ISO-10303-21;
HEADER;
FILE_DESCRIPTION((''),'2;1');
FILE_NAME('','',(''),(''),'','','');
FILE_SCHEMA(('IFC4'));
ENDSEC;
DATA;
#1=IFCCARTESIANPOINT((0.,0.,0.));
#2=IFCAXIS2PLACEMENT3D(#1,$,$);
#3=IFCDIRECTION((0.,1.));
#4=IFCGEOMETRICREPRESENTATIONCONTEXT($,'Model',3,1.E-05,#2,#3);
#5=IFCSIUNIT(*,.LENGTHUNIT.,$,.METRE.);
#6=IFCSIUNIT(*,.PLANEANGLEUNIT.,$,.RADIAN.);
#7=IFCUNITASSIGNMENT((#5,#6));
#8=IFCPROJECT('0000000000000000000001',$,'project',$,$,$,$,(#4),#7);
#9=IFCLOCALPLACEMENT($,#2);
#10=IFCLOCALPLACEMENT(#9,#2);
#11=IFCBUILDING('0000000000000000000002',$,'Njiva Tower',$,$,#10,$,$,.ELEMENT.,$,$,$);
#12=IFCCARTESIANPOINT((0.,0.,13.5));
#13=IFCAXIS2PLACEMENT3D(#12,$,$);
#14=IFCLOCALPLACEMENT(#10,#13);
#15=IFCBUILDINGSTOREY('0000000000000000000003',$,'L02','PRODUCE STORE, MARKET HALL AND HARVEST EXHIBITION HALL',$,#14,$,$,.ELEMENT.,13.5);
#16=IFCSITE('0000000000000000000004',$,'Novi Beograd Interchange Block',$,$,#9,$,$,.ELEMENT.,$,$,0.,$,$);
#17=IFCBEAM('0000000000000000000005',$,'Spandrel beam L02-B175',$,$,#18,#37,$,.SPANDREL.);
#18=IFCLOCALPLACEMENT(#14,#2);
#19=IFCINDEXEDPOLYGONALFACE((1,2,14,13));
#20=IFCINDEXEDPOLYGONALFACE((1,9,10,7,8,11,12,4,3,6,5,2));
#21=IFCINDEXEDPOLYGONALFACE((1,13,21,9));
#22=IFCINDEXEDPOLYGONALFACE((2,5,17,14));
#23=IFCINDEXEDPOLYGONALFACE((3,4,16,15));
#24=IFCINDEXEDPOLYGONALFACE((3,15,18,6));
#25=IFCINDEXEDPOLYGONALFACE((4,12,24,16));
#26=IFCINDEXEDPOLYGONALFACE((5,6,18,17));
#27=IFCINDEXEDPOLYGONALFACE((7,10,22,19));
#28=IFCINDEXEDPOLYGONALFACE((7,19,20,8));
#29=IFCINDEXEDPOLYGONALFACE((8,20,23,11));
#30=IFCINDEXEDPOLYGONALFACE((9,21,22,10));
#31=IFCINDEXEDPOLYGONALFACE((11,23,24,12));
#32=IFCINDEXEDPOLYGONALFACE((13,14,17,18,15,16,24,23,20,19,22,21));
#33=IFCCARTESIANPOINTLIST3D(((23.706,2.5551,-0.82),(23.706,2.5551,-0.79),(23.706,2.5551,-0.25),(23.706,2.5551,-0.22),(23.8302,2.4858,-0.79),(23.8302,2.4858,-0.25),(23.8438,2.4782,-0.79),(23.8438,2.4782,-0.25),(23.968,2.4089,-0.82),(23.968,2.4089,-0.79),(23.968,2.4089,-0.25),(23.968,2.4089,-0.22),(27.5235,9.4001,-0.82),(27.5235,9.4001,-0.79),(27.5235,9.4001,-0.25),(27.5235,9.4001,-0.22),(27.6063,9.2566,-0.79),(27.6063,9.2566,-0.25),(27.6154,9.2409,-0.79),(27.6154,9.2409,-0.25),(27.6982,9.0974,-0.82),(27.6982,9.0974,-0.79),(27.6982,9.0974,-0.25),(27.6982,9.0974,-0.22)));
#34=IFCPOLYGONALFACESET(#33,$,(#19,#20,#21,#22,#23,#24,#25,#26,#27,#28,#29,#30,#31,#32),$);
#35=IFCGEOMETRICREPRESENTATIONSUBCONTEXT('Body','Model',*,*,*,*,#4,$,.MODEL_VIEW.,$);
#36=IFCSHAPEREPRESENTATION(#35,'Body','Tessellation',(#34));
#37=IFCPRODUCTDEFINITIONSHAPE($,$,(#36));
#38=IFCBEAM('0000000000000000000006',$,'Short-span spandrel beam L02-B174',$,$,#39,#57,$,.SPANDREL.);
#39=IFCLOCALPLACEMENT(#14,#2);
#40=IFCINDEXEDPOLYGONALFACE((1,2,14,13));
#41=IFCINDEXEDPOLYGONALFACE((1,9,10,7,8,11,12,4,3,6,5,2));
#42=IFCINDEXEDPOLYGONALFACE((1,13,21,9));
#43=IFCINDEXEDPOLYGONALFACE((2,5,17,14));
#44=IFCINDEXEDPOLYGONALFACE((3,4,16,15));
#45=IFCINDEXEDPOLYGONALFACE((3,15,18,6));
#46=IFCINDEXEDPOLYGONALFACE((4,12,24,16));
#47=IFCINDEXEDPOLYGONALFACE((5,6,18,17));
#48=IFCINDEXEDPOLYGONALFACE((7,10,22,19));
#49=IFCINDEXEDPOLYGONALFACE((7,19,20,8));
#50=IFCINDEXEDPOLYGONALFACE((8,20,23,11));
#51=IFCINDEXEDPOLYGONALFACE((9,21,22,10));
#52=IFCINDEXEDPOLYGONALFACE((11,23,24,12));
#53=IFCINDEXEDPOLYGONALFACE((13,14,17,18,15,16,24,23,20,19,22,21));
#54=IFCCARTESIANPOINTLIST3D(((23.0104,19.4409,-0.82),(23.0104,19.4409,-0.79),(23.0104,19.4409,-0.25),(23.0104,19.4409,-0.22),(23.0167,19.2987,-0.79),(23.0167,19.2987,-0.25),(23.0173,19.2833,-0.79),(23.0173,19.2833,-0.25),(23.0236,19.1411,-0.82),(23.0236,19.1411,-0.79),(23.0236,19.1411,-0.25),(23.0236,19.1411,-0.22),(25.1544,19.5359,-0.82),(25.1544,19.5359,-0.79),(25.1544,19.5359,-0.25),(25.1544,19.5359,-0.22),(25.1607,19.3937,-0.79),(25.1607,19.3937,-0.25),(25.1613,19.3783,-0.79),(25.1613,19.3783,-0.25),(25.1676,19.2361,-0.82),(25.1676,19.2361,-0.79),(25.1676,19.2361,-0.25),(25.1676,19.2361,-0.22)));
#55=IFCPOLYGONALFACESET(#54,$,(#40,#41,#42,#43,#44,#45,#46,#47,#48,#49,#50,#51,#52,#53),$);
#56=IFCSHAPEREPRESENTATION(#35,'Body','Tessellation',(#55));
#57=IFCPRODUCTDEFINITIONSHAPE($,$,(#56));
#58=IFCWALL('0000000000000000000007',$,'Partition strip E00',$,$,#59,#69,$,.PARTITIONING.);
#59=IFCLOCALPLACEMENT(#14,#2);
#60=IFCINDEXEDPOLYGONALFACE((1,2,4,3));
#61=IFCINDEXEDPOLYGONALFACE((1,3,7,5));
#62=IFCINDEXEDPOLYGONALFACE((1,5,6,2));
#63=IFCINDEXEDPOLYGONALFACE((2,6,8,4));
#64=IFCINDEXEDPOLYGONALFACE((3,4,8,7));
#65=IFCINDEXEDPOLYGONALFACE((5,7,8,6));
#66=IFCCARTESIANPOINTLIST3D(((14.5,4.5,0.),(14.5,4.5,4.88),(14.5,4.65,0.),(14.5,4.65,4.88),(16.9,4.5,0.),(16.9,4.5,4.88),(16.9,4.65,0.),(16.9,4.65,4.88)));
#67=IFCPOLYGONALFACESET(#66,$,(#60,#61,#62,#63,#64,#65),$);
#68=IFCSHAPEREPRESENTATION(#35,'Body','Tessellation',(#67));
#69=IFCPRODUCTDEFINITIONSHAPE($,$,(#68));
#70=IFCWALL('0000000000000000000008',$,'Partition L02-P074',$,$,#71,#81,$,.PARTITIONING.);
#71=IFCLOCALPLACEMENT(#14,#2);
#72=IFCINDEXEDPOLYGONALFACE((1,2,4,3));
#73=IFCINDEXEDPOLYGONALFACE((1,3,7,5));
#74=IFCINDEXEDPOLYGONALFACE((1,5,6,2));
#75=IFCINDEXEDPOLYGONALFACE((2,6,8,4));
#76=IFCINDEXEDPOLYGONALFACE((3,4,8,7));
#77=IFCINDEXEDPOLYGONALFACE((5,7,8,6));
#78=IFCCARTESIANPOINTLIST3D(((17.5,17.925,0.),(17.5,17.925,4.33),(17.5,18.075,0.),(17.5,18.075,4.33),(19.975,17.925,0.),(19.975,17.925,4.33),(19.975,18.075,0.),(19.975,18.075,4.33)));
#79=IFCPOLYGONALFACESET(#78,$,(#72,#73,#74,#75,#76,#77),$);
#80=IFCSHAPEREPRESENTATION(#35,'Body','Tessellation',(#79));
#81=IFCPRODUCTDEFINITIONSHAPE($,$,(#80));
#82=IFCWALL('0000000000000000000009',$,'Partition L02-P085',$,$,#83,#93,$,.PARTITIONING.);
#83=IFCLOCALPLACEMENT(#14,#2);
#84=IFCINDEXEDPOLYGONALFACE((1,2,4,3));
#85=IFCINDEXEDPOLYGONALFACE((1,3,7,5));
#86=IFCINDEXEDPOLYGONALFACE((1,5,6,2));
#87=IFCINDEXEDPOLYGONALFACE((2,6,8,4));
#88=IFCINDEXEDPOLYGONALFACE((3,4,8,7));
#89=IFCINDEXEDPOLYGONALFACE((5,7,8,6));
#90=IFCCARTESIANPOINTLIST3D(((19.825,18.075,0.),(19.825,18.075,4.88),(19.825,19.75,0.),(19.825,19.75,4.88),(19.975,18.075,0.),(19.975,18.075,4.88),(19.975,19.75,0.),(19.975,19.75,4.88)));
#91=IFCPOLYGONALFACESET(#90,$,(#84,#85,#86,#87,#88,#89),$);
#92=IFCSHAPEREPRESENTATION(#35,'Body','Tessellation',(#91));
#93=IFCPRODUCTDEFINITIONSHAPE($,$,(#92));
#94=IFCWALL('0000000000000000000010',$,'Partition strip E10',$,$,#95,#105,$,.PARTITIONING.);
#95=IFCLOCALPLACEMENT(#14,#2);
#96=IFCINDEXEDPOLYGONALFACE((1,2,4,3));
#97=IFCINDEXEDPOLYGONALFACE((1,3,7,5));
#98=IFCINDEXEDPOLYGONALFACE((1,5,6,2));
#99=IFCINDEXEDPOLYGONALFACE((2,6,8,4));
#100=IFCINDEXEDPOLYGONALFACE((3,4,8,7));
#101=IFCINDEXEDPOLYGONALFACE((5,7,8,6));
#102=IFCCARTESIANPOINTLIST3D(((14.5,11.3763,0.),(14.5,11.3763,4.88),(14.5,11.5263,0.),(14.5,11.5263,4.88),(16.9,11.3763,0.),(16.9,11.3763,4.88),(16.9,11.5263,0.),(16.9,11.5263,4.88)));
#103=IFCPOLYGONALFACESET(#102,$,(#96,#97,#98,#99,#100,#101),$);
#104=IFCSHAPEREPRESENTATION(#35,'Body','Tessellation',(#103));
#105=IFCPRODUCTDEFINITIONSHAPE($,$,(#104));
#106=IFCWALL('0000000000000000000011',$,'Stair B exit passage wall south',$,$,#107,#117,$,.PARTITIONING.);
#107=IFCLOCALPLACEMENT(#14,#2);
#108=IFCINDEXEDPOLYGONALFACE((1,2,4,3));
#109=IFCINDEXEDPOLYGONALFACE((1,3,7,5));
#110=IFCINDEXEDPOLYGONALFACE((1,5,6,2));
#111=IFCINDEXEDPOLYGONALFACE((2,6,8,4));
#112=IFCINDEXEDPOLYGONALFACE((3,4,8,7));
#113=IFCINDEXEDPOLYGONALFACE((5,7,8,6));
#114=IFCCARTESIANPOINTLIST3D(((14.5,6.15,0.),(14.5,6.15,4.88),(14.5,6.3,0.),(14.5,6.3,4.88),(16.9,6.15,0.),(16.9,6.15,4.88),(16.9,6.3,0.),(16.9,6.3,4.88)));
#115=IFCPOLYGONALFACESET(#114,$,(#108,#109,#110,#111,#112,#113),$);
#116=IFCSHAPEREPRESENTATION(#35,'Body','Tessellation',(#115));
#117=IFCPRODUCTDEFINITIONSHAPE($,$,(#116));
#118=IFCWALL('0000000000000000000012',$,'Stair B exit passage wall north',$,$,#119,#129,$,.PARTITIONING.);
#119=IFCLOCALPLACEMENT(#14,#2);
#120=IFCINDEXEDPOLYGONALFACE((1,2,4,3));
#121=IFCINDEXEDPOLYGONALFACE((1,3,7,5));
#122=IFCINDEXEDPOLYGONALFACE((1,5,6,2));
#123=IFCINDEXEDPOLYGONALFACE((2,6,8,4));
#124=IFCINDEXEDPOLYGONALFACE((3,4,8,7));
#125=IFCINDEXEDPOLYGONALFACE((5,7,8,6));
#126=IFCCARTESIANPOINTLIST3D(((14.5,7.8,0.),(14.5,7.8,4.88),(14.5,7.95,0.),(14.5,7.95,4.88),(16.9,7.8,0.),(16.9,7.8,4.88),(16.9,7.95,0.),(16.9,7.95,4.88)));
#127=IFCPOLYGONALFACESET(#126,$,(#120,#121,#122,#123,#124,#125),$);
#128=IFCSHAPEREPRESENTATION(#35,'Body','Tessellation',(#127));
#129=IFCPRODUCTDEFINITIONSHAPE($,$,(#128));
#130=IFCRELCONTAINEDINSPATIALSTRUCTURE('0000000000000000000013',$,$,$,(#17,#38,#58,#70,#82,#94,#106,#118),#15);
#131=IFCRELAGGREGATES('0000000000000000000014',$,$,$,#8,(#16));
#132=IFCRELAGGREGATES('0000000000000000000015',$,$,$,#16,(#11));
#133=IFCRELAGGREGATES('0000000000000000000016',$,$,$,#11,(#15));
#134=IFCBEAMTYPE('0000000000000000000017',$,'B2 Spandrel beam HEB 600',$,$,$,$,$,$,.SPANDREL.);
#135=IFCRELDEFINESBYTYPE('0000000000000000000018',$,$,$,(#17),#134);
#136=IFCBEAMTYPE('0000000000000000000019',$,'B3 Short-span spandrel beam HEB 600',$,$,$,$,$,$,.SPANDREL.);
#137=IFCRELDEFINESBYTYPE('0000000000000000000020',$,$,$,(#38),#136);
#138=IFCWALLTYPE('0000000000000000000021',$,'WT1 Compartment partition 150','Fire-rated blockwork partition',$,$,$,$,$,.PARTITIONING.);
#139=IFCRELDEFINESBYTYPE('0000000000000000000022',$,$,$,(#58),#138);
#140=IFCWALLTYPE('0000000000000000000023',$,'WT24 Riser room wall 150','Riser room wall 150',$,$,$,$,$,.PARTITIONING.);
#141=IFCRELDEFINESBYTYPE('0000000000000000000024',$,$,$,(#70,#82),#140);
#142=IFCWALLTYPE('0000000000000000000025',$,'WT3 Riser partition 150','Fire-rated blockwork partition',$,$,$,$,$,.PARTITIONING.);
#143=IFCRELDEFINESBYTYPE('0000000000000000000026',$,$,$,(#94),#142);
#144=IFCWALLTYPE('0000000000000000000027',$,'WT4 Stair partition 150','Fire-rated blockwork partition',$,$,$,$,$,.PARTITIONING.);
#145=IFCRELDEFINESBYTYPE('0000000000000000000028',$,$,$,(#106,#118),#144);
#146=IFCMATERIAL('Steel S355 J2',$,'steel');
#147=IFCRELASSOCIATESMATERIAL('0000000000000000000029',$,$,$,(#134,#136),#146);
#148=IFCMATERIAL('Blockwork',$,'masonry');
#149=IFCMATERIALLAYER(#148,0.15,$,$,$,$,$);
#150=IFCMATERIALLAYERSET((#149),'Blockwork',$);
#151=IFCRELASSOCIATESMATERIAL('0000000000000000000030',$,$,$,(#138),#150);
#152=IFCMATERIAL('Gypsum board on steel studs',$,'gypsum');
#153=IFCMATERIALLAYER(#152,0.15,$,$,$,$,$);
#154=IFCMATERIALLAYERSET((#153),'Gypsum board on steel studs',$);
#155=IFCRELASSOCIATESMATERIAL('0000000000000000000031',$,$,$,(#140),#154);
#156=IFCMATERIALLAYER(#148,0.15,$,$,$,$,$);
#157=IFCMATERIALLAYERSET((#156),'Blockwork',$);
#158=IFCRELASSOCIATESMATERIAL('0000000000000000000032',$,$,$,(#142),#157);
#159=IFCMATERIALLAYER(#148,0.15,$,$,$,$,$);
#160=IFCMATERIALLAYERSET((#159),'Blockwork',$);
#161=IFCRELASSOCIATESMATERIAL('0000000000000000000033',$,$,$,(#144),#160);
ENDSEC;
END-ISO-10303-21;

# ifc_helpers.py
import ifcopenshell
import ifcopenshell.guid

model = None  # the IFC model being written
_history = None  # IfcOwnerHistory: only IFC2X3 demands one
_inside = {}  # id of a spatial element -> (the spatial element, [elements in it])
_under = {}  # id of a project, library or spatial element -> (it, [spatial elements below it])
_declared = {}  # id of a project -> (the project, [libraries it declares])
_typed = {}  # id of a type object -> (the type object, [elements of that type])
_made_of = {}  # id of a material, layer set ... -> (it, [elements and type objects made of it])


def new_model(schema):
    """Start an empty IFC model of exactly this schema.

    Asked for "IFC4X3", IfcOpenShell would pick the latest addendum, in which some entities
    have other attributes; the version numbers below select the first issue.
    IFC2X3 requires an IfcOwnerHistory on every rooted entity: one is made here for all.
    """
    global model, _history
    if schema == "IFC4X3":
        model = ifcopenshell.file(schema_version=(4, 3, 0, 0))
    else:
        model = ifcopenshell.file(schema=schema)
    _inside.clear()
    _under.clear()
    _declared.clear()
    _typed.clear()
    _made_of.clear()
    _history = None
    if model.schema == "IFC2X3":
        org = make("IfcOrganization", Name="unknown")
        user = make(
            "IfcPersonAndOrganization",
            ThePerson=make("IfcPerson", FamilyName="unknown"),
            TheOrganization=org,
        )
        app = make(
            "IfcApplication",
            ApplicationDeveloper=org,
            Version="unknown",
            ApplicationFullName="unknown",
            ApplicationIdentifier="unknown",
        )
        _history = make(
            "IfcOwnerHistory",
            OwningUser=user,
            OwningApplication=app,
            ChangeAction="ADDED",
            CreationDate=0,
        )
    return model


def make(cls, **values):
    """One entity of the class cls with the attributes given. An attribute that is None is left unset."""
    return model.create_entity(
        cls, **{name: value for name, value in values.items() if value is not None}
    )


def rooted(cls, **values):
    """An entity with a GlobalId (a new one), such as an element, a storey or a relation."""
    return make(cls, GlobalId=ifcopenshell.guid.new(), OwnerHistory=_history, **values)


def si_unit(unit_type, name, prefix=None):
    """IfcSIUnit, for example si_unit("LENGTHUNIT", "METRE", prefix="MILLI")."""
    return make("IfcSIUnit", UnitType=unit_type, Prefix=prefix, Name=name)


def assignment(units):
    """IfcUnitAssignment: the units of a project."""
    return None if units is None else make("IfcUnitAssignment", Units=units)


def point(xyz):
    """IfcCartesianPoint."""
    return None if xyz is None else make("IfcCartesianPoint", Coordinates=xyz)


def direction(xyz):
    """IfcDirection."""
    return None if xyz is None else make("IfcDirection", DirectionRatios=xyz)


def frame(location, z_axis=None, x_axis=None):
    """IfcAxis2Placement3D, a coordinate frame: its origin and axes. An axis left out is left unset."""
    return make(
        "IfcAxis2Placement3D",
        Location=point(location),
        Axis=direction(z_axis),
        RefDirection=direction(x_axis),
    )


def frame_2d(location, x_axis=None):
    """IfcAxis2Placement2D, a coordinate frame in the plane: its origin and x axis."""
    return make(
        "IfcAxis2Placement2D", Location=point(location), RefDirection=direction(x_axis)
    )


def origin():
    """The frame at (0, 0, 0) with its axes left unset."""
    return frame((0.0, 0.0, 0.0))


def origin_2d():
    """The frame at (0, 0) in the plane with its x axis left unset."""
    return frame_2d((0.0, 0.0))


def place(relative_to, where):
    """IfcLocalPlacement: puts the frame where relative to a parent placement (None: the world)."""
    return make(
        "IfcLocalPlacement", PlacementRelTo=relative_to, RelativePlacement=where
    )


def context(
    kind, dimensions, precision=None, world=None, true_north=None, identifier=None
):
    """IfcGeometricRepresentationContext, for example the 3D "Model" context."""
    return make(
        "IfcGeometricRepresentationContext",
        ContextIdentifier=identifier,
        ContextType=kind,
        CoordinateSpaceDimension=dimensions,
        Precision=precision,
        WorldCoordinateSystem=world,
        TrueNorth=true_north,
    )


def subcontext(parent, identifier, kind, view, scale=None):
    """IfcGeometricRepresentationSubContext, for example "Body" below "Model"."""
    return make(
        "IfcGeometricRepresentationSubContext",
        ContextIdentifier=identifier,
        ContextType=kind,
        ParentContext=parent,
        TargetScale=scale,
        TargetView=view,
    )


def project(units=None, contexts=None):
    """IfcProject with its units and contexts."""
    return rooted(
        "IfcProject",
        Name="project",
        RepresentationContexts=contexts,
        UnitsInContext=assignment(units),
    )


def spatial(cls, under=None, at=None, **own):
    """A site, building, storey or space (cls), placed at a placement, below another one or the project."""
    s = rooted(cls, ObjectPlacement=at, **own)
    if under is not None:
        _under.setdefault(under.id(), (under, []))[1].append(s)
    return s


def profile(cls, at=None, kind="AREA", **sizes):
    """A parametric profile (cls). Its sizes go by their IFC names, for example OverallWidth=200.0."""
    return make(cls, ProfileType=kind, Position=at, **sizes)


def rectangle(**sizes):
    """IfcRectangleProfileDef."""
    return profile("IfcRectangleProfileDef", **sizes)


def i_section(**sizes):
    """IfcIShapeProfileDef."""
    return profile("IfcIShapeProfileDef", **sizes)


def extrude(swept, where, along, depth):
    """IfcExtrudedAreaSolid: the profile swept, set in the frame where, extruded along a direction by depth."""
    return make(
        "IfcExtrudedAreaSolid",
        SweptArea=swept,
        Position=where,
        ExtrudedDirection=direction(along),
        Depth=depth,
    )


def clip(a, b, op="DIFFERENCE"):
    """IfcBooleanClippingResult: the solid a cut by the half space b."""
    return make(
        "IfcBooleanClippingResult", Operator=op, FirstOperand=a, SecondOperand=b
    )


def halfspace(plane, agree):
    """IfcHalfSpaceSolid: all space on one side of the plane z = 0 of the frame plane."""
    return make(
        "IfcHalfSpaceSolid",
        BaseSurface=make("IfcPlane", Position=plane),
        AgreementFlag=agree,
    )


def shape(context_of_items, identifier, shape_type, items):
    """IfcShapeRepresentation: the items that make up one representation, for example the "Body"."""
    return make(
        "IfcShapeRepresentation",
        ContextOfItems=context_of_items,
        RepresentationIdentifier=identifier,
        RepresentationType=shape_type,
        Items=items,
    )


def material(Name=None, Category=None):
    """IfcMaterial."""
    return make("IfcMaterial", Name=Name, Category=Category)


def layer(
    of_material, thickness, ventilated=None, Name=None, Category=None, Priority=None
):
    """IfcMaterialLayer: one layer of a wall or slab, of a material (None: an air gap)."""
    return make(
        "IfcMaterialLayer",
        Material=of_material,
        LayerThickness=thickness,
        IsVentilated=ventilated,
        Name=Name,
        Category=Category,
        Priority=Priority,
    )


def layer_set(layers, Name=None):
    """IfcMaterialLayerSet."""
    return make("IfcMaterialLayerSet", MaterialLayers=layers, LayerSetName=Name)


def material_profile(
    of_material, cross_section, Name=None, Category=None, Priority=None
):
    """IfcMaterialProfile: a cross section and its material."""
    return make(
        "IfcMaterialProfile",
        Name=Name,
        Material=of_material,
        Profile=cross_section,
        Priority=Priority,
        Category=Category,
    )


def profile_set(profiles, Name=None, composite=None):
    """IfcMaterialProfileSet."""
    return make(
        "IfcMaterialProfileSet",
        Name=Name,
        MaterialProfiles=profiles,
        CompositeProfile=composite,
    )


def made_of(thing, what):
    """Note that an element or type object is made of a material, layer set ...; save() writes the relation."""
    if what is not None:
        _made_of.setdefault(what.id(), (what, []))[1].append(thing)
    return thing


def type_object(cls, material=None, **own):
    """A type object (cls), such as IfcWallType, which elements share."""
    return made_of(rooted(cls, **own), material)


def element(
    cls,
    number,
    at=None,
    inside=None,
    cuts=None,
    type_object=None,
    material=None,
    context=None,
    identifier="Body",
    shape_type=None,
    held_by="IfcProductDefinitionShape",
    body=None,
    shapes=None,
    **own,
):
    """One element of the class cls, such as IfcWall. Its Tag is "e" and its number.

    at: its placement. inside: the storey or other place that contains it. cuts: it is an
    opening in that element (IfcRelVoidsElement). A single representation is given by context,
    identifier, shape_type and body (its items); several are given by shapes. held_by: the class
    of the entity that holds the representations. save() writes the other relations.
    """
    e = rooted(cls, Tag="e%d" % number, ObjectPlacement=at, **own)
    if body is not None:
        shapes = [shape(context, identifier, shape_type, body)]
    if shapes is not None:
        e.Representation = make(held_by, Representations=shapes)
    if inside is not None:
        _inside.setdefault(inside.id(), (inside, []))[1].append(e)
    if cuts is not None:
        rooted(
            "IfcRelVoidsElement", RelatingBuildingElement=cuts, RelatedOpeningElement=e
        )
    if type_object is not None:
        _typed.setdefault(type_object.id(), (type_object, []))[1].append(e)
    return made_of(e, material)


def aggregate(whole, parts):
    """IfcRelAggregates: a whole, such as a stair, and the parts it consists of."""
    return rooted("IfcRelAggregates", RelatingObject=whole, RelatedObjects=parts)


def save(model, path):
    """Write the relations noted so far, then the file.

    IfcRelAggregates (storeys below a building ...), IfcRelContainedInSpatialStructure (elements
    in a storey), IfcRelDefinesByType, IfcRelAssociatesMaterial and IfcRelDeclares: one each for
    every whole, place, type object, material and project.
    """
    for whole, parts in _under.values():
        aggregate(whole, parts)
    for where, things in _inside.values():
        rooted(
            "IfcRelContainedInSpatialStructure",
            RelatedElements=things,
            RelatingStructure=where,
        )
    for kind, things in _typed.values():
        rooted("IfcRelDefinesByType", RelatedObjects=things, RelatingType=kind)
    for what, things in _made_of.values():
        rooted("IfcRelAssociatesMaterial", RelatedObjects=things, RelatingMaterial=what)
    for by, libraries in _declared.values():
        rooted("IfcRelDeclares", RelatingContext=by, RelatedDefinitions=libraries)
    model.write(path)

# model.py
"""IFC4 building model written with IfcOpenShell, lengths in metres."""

from ifc_helpers import new_model, si_unit, direction, frame, frame_2d, origin, origin_2d, place, context, subcontext, project, spatial, rectangle, i_section, extrude, clip, halfspace, material, layer, layer_set, material_profile, profile_set, type_object, element, save


model = new_model("IFC4")

# Units and contexts
model_context = context("Model", 3, precision=1e-05, world=origin(), true_north=direction((0.0, 1.0)))
body_context = subcontext(model_context, "Body", "Model", "MODEL_VIEW")
ifc_project = project(units=[si_unit("LENGTHUNIT", "METRE"), si_unit("PLANEANGLEUNIT", "RADIAN")], contexts=[model_context])

# Site, building, storey
site_placement = place(None, origin())
site = spatial("IfcSite", under=ifc_project, at=site_placement, Name="Novi Beograd Interchange Block", CompositionType="ELEMENT", RefElevation=0.0)
building_placement = place(site_placement, origin())
building = spatial("IfcBuilding", under=site, at=building_placement, Name="Njiva Tower", CompositionType="ELEMENT")
storey_placement = place(building_placement, frame((0.0, 0.0, 13.5)))
storey = spatial("IfcBuildingStorey", under=building, at=storey_placement, Name="L02", Description="PRODUCE STORE, MARKET HALL AND HARVEST EXHIBITION HALL", CompositionType="ELEMENT", Elevation=13.5)

# Shared definitions
ifc_material_1 = material(Name="Steel S355 J2", Category="steel")

# Beams
ifc_material_profile_1 = material_profile(ifc_material_1, i_section(OverallWidth=0.3, OverallDepth=0.6, WebThickness=0.0155, FlangeThickness=0.03, at=origin_2d()), Name="HEB 600")
ifc_profile_set_1 = profile_set([ifc_material_profile_1], Name="Steel S355 J2")
beam_type_1 = type_object("IfcBeamType", Name="B2 Spandrel beam HEB 600", PredefinedType="SPANDREL", material=ifc_profile_set_1)
beam_1_placement = place(storey_placement, frame((23.837, 2.482, -0.52), z_axis=(0.487078, 0.873359, 0.0), x_axis=(-0.873359, 0.487078, 0.0)))
element("IfcBeam", 1, at=beam_1_placement, inside=storey, type_object=beam_type_1, Name="Spandrel beam L02-B175", PredefinedType="SPANDREL", context=body_context, shape_type="Clipping", body=[
    clip(extrude(i_section(OverallWidth=0.3, OverallDepth=0.6, WebThickness=0.0155, FlangeThickness=0.03, at=origin_2d()), origin(), (0.0, 0.0, 1.0), 7.8582), halfspace(frame((-0.0257, 0.0, 7.7326), z_axis=(-0.512814, 0.0, 0.8585), x_axis=(0.0, 1.0, 0.0)), False)),
])
ifc_material_profile_2 = material_profile(ifc_material_1, i_section(OverallWidth=0.3, OverallDepth=0.6, WebThickness=0.0155, FlangeThickness=0.03, at=origin_2d()), Name="HEB 600")
ifc_profile_set_2 = profile_set([ifc_material_profile_2], Name="Steel S355 J2")
beam_type_2 = type_object("IfcBeamType", Name="B3 Short-span spandrel beam HEB 600", PredefinedType="SPANDREL", material=ifc_profile_set_2)
beam_2_placement = place(storey_placement, frame((23.017, 19.291, -0.52), z_axis=(0.99902, 0.044266, 0.0), x_axis=(-0.044266, 0.99902, 0.0)))
element("IfcBeam", 2, at=beam_2_placement, inside=storey, type_object=beam_type_2, Name="Short-span spandrel beam L02-B174", PredefinedType="SPANDREL", context=body_context, shape_type="SweptSolid", body=[
    extrude(i_section(OverallWidth=0.3, OverallDepth=0.6, WebThickness=0.0155, FlangeThickness=0.03, at=origin_2d()), origin(), (0.0, 0.0, 1.0), 2.1461),
])

# Walls
ifc_material_2 = material(Name="Blockwork", Category="masonry")
ifc_layer_1 = layer(ifc_material_2, 0.15)
ifc_layer_set_1 = layer_set([ifc_layer_1], Name="Blockwork")
wall_type_1 = type_object("IfcWallType", Name="WT1 Compartment partition 150", Description="Fire-rated blockwork partition", PredefinedType="PARTITIONING", material=ifc_layer_set_1)
wall_1_placement = place(storey_placement, frame((14.5, 4.575, 0.0), z_axis=(0.0, 0.0, 1.0), x_axis=(1.0, 0.0, 0.0)))
element("IfcWall", 3, at=wall_1_placement, inside=storey, type_object=wall_type_1, Name="Partition strip E00", PredefinedType="PARTITIONING", context=body_context, shape_type="SweptSolid", body=[
    extrude(rectangle(XDim=2.4, YDim=0.15, at=frame_2d((1.2, 0.0))), origin(), (0.0, 0.0, 1.0), 4.88),
])
ifc_material_3 = material(Name="Gypsum board on steel studs", Category="gypsum")
ifc_layer_2 = layer(ifc_material_3, 0.15)
ifc_layer_set_2 = layer_set([ifc_layer_2], Name="Gypsum board on steel studs")
wall_type_2 = type_object("IfcWallType", Name="WT24 Riser room wall 150", Description="Riser room wall 150", PredefinedType="PARTITIONING", material=ifc_layer_set_2)
wall_2_placement = place(storey_placement, frame((17.5, 18.0, 0.0), z_axis=(0.0, 0.0, 1.0), x_axis=(1.0, 0.0, 0.0)))
element("IfcWall", 4, at=wall_2_placement, inside=storey, type_object=wall_type_2, Name="Partition L02-P074", PredefinedType="PARTITIONING", context=body_context, shape_type="SweptSolid", body=[
    extrude(rectangle(XDim=2.475, YDim=0.15, at=frame_2d((1.2375, 0.0))), origin(), (0.0, 0.0, 1.0), 4.33),
])
wall_3_placement = place(storey_placement, frame((19.9, 18.075, 0.0), z_axis=(0.0, 0.0, 1.0), x_axis=(0.0, 1.0, 0.0)))
element("IfcWall", 5, at=wall_3_placement, inside=storey, type_object=wall_type_2, Name="Partition L02-P085", PredefinedType="PARTITIONING", context=body_context, shape_type="SweptSolid", body=[
    extrude(rectangle(XDim=1.675, YDim=0.15, at=frame_2d((0.8375, 0.0))), origin(), (0.0, 0.0, 1.0), 4.88),
])
ifc_layer_3 = layer(ifc_material_2, 0.15)
ifc_layer_set_3 = layer_set([ifc_layer_3], Name="Blockwork")
wall_type_3 = type_object("IfcWallType", Name="WT3 Riser partition 150", Description="Fire-rated blockwork partition", PredefinedType="PARTITIONING", material=ifc_layer_set_3)
wall_4_placement = place(storey_placement, frame((14.5, 11.4513, 0.0), z_axis=(0.0, 0.0, 1.0), x_axis=(1.0, 0.0, 0.0)))
element("IfcWall", 6, at=wall_4_placement, inside=storey, type_object=wall_type_3, Name="Partition strip E10", PredefinedType="PARTITIONING", context=body_context, shape_type="SweptSolid", body=[
    extrude(rectangle(XDim=2.4, YDim=0.15, at=frame_2d((1.2, 0.0))), origin(), (0.0, 0.0, 1.0), 4.88),
])
ifc_layer_4 = layer(ifc_material_2, 0.15)
ifc_layer_set_4 = layer_set([ifc_layer_4], Name="Blockwork")
wall_type_4 = type_object("IfcWallType", Name="WT4 Stair partition 150", Description="Fire-rated blockwork partition", PredefinedType="PARTITIONING", material=ifc_layer_set_4)
for number, where, z_axis, x_axis, name in (
    (7, (14.5, 6.225, 0.0), (0.0, 0.0, 1.0), (1.0, 0.0, 0.0), "Stair B exit passage wall south"),
    (8, (14.5, 7.875, 0.0), (0.0, 0.0, 1.0), (1.0, 0.0, 0.0), "Stair B exit passage wall north"),
):
    element("IfcWall", number, at=place(storey_placement, frame(where, z_axis=z_axis, x_axis=x_axis)), inside=storey, type_object=wall_type_4, Name=name, PredefinedType="PARTITIONING", context=body_context, shape_type="SweptSolid", body=[
        extrude(rectangle(XDim=2.4, YDim=0.15, at=frame_2d((1.2, 0.0))), origin(), (0.0, 0.0, 1.0), 4.88),
    ])

save(model, "model.ifc")
